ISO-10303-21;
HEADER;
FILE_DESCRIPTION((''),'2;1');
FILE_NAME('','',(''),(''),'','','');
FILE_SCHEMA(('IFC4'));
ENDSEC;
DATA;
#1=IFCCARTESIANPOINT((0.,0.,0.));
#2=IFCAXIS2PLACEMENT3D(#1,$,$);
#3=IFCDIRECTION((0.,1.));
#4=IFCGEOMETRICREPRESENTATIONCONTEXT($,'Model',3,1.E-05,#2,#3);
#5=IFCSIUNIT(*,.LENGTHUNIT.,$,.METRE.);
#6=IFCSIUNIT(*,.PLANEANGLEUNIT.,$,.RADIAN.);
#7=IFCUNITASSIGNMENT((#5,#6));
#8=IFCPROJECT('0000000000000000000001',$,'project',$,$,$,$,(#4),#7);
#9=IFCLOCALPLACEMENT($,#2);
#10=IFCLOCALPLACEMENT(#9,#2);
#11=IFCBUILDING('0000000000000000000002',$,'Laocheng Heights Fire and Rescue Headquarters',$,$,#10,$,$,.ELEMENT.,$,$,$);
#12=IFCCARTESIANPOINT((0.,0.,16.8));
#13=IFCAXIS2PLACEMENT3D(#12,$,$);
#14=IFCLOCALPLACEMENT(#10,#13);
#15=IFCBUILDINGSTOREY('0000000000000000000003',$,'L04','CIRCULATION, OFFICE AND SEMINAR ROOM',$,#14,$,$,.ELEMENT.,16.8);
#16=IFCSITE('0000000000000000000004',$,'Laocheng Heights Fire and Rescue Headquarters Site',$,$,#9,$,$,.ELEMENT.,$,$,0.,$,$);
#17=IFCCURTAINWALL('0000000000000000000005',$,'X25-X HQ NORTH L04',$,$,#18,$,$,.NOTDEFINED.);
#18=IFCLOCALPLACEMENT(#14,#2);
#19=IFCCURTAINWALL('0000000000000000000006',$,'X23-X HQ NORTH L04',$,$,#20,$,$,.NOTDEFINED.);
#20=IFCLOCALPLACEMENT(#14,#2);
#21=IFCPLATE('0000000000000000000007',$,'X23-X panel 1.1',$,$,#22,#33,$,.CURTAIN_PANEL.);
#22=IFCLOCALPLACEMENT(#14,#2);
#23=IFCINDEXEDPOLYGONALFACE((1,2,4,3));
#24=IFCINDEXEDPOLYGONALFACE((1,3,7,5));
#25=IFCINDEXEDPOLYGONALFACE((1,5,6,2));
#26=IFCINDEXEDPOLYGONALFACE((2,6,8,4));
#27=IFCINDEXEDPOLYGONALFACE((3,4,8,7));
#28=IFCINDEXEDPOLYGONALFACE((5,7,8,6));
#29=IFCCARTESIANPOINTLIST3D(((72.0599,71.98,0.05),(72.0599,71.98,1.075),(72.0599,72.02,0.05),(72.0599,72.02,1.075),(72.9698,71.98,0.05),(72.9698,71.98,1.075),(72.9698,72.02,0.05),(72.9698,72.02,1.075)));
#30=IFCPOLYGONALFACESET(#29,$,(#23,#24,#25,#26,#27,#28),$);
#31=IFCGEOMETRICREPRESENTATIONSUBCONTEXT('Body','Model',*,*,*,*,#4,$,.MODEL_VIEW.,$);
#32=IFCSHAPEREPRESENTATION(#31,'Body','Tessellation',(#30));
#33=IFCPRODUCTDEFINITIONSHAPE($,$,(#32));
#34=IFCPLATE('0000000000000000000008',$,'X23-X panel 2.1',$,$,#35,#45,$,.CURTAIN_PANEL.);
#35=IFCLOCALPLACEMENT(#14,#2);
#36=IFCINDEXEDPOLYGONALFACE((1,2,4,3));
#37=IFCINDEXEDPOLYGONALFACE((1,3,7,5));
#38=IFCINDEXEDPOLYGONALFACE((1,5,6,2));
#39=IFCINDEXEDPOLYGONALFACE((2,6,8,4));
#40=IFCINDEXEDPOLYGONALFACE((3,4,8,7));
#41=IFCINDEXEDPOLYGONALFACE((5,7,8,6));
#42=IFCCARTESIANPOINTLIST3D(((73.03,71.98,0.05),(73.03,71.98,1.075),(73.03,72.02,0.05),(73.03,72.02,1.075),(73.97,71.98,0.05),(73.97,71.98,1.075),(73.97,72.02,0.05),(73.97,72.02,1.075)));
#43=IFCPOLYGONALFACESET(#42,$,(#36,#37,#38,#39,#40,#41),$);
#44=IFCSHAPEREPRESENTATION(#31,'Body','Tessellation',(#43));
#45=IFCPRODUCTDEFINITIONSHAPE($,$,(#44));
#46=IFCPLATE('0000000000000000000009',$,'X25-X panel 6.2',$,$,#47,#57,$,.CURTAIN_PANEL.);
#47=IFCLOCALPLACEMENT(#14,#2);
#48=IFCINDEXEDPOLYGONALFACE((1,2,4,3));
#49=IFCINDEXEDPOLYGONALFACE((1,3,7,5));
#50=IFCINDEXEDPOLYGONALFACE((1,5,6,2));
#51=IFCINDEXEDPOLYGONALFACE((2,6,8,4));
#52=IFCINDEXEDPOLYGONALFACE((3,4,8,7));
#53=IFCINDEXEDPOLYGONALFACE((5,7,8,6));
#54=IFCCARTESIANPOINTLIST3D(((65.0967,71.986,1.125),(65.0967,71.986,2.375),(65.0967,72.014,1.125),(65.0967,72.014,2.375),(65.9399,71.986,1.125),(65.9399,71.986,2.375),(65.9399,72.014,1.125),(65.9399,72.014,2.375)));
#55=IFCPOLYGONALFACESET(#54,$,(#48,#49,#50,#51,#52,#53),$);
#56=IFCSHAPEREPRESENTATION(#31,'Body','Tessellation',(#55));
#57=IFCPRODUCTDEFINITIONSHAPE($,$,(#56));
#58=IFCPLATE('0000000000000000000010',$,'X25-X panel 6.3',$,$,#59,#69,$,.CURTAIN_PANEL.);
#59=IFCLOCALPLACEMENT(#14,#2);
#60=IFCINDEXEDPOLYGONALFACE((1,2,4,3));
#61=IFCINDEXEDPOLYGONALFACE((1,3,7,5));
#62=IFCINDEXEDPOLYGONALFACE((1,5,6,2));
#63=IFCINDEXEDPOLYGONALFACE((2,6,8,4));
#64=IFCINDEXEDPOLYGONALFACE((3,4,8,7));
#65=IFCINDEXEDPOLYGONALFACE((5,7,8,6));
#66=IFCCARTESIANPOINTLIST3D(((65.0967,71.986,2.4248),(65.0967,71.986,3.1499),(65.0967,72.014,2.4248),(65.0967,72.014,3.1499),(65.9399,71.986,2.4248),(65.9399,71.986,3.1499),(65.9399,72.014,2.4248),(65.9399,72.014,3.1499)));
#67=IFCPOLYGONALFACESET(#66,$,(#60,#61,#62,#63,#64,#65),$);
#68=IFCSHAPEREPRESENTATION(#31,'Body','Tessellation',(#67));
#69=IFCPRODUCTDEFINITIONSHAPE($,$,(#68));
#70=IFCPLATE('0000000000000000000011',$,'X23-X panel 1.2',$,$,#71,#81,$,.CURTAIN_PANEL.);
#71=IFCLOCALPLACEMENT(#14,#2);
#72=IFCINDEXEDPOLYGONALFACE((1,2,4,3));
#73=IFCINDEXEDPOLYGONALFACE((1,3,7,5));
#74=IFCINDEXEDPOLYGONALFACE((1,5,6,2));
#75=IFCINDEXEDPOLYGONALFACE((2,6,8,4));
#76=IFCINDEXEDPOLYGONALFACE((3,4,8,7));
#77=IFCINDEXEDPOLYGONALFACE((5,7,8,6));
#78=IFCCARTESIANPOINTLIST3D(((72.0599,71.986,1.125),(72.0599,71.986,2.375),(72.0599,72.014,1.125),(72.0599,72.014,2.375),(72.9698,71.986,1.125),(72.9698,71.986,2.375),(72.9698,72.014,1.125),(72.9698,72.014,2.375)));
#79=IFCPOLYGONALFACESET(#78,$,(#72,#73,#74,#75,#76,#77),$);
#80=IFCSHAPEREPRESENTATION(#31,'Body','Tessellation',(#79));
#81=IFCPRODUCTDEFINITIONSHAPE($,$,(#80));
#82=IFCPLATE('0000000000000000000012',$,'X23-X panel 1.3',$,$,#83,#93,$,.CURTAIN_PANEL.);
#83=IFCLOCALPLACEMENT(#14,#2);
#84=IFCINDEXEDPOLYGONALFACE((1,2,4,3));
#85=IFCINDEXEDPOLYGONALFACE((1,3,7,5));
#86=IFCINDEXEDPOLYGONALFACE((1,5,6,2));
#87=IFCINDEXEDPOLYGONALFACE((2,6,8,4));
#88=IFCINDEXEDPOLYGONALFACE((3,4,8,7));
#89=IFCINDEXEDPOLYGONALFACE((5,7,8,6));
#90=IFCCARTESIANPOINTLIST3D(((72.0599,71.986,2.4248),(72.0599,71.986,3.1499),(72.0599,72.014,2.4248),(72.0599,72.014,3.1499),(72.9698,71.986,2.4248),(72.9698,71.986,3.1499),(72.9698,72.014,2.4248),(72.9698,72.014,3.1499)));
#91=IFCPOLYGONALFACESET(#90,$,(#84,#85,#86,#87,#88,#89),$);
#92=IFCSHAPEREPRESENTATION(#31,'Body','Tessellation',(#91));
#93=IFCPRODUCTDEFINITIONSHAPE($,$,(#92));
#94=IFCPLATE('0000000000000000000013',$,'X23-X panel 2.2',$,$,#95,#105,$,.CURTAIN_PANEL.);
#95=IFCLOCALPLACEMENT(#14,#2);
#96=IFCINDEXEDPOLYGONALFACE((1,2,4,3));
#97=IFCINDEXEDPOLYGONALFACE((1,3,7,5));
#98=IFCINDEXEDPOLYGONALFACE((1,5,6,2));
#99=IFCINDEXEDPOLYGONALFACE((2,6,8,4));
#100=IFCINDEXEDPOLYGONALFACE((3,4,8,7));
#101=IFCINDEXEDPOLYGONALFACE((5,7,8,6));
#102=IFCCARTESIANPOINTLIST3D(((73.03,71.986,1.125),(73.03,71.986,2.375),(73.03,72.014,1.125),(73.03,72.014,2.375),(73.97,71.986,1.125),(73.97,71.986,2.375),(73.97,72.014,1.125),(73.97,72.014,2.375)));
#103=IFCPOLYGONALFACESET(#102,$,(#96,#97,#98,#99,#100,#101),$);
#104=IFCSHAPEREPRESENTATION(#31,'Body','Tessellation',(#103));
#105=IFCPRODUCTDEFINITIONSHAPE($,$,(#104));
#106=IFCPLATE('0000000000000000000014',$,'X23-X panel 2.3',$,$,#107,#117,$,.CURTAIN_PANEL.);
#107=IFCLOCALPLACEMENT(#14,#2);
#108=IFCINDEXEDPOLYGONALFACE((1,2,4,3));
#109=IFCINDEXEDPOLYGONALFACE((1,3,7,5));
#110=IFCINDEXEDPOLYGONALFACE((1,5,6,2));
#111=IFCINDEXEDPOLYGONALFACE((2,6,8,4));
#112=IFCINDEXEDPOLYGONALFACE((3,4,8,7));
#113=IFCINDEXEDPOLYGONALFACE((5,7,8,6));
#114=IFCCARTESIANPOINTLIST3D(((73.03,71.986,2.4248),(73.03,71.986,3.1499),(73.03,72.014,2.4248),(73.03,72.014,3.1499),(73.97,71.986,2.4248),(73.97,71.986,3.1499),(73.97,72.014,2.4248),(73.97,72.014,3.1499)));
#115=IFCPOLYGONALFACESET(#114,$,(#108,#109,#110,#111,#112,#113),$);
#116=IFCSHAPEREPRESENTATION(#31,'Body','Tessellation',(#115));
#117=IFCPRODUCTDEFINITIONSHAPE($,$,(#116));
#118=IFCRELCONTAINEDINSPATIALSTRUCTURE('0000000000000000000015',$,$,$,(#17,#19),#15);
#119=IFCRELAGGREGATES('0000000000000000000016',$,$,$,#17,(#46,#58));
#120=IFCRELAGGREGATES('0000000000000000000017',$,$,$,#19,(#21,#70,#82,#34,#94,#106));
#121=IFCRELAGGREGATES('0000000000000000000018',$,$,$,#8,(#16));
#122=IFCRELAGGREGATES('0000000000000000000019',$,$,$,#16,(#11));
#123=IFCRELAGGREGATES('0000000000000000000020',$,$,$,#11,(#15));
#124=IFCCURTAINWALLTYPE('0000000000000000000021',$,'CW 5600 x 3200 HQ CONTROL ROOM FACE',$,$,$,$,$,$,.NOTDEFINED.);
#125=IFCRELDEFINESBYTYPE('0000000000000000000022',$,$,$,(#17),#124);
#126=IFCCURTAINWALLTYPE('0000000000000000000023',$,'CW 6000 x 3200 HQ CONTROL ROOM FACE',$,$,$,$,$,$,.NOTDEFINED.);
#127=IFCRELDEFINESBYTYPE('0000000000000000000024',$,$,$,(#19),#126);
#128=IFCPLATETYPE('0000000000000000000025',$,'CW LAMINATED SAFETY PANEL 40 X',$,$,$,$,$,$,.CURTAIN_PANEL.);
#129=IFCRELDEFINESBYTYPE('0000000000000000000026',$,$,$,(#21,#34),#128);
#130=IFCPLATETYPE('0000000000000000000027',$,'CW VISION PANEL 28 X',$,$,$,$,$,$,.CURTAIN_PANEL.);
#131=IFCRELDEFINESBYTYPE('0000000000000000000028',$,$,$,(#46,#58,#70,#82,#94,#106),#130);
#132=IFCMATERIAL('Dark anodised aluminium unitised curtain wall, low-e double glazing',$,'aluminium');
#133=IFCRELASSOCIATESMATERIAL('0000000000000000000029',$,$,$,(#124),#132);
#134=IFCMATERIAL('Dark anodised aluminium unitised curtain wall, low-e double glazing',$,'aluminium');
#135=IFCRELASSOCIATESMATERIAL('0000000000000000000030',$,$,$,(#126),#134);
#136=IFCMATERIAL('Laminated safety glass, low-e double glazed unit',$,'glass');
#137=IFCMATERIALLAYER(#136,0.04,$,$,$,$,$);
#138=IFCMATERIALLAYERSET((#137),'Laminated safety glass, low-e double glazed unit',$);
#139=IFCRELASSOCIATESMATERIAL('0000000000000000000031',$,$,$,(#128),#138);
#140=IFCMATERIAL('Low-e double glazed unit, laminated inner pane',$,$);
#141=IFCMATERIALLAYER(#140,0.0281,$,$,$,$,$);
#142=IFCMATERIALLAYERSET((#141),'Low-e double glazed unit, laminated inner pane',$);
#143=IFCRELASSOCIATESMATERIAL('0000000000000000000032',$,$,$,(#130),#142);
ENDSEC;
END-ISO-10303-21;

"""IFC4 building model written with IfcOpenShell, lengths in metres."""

from ifc_helpers import new_model, si_unit, direction, frame, origin, origin_2d, place, context, subcontext, project, spatial, rectangle, extrude, material, layer, layer_set, type_object, element, aggregate, save


model = new_model("IFC4")

# Units and contexts
model_context = context("Model", 3, precision=1e-05, world=origin(), true_north=direction((0.0, 1.0)))
body_context = subcontext(model_context, "Body", "Model", "MODEL_VIEW")
ifc_project = project(units=[si_unit("LENGTHUNIT", "METRE"), si_unit("PLANEANGLEUNIT", "RADIAN")], contexts=[model_context])

# Site, building, storey
site_placement = place(None, origin())
site = spatial("IfcSite", under=ifc_project, at=site_placement, Name="Laocheng Heights Fire and Rescue Headquarters Site", CompositionType="ELEMENT", RefElevation=0.0)
building_placement = place(site_placement, origin())
building = spatial("IfcBuilding", under=site, at=building_placement, Name="Laocheng Heights Fire and Rescue Headquarters", CompositionType="ELEMENT")
storey_placement = place(building_placement, frame((0.0, 0.0, 16.8)))
storey = spatial("IfcBuildingStorey", under=building, at=storey_placement, Name="L04", Description="CIRCULATION, OFFICE AND SEMINAR ROOM", CompositionType="ELEMENT", Elevation=16.8)

# Curtain walls
ifc_material_1 = material(Name="Dark anodised aluminium unitised curtain wall, low-e double glazing", Category="aluminium")
curtain_wall_type_1 = type_object("IfcCurtainWallType", Name="CW 5600 x 3200 HQ CONTROL ROOM FACE", PredefinedType="NOTDEFINED", material=ifc_material_1)
curtain_wall_1_placement = place(storey_placement, origin())
curtain_wall_1 = element("IfcCurtainWall", 1, at=curtain_wall_1_placement, inside=storey, type_object=curtain_wall_type_1, Name="X25-X HQ NORTH L04", PredefinedType="NOTDEFINED")
ifc_material_2 = material(Name="Dark anodised aluminium unitised curtain wall, low-e double glazing", Category="aluminium")
curtain_wall_type_2 = type_object("IfcCurtainWallType", Name="CW 6000 x 3200 HQ CONTROL ROOM FACE", PredefinedType="NOTDEFINED", material=ifc_material_2)
curtain_wall_2_placement = place(storey_placement, origin())
curtain_wall_2 = element("IfcCurtainWall", 2, at=curtain_wall_2_placement, inside=storey, type_object=curtain_wall_type_2, Name="X23-X HQ NORTH L04", PredefinedType="NOTDEFINED")

# Plates
ifc_material_3 = material(Name="Laminated safety glass, low-e double glazed unit", Category="glass")
ifc_layer_1 = layer(ifc_material_3, 0.04)
ifc_layer_set_1 = layer_set([ifc_layer_1], Name="Laminated safety glass, low-e double glazed unit")
plate_type_1 = type_object("IfcPlateType", Name="CW LAMINATED SAFETY PANEL 40 X", PredefinedType="CURTAIN_PANEL", material=ifc_layer_set_1)
plate_1_placement = place(storey_placement, frame((72.5149, 72.0, 0.05), z_axis=(0.0, 0.0, 1.0), x_axis=(1.0, 0.0, 0.0)))
plate_1 = element("IfcPlate", 3, at=plate_1_placement, type_object=plate_type_1, Name="X23-X panel 1.1", PredefinedType="CURTAIN_PANEL", context=body_context, shape_type="SweptSolid", body=[
    extrude(rectangle(XDim=0.9099, YDim=0.04, at=origin_2d()), origin(), (0.0, 0.0, 1.0), 1.0249),
])
plate_2_placement = place(storey_placement, frame((73.5, 72.0, 0.05), z_axis=(0.0, 0.0, 1.0), x_axis=(1.0, 0.0, 0.0)))
plate_2 = element("IfcPlate", 4, at=plate_2_placement, type_object=plate_type_1, Name="X23-X panel 2.1", PredefinedType="CURTAIN_PANEL", context=body_context, shape_type="SweptSolid", body=[
    extrude(rectangle(XDim=0.9399, YDim=0.04, at=origin_2d()), origin(), (0.0, 0.0, 1.0), 1.0249),
])
ifc_material_4 = material(Name="Low-e double glazed unit, laminated inner pane")
ifc_layer_2 = layer(ifc_material_4, 0.0281)
ifc_layer_set_2 = layer_set([ifc_layer_2], Name="Low-e double glazed unit, laminated inner pane")
plate_type_2 = type_object("IfcPlateType", Name="CW VISION PANEL 28 X", PredefinedType="CURTAIN_PANEL", material=ifc_layer_set_2)
plate_3_placement = place(storey_placement, frame((65.5183, 72.0, 1.125), z_axis=(0.0, 0.0, 1.0), x_axis=(1.0, 0.0, 0.0)))
plate_3 = element("IfcPlate", 5, at=plate_3_placement, type_object=plate_type_2, Name="X25-X panel 6.2", PredefinedType="CURTAIN_PANEL", context=body_context, shape_type="SweptSolid", body=[
    extrude(rectangle(XDim=0.8433, YDim=0.0281, at=origin_2d()), origin(), (0.0, 0.0, 1.0), 1.25),
])
plate_4_placement = place(storey_placement, frame((65.5183, 72.0, 2.4248), z_axis=(0.0, 0.0, 1.0), x_axis=(1.0, 0.0, 0.0)))
plate_4 = element("IfcPlate", 6, at=plate_4_placement, type_object=plate_type_2, Name="X25-X panel 6.3", PredefinedType="CURTAIN_PANEL", context=body_context, shape_type="SweptSolid", body=[
    extrude(rectangle(XDim=0.8433, YDim=0.0281, at=origin_2d()), origin(), (0.0, 0.0, 1.0), 0.7251),
])
aggregate(curtain_wall_1, [plate_3, plate_4])
plate_5_placement = place(storey_placement, frame((72.5149, 72.0, 1.125), z_axis=(0.0, 0.0, 1.0), x_axis=(1.0, 0.0, 0.0)))
plate_5 = element("IfcPlate", 7, at=plate_5_placement, type_object=plate_type_2, Name="X23-X panel 1.2", PredefinedType="CURTAIN_PANEL", context=body_context, shape_type="SweptSolid", body=[
    extrude(rectangle(XDim=0.9099, YDim=0.0281, at=origin_2d()), origin(), (0.0, 0.0, 1.0), 1.25),
])
plate_6_placement = place(storey_placement, frame((72.5149, 72.0, 2.4248), z_axis=(0.0, 0.0, 1.0), x_axis=(1.0, 0.0, 0.0)))
plate_6 = element("IfcPlate", 8, at=plate_6_placement, type_object=plate_type_2, Name="X23-X panel 1.3", PredefinedType="CURTAIN_PANEL", context=body_context, shape_type="SweptSolid", body=[
    extrude(rectangle(XDim=0.9099, YDim=0.0281, at=origin_2d()), origin(), (0.0, 0.0, 1.0), 0.7251),
])
plate_7_placement = place(storey_placement, frame((73.5, 72.0, 1.125), z_axis=(0.0, 0.0, 1.0), x_axis=(1.0, 0.0, 0.0)))
plate_7 = element("IfcPlate", 9, at=plate_7_placement, type_object=plate_type_2, Name="X23-X panel 2.2", PredefinedType="CURTAIN_PANEL", context=body_context, shape_type="SweptSolid", body=[
    extrude(rectangle(XDim=0.9399, YDim=0.0281, at=origin_2d()), origin(), (0.0, 0.0, 1.0), 1.25),
])
plate_8_placement = place(storey_placement, frame((73.5, 72.0, 2.4248), z_axis=(0.0, 0.0, 1.0), x_axis=(1.0, 0.0, 0.0)))
plate_8 = element("IfcPlate", 10, at=plate_8_placement, type_object=plate_type_2, Name="X23-X panel 2.3", PredefinedType="CURTAIN_PANEL", context=body_context, shape_type="SweptSolid", body=[
    extrude(rectangle(XDim=0.9399, YDim=0.0281, at=origin_2d()), origin(), (0.0, 0.0, 1.0), 0.7251),
])
aggregate(curtain_wall_2, [plate_1, plate_5, plate_6, plate_2, plate_7, plate_8])

save(model, "model.ifc")
